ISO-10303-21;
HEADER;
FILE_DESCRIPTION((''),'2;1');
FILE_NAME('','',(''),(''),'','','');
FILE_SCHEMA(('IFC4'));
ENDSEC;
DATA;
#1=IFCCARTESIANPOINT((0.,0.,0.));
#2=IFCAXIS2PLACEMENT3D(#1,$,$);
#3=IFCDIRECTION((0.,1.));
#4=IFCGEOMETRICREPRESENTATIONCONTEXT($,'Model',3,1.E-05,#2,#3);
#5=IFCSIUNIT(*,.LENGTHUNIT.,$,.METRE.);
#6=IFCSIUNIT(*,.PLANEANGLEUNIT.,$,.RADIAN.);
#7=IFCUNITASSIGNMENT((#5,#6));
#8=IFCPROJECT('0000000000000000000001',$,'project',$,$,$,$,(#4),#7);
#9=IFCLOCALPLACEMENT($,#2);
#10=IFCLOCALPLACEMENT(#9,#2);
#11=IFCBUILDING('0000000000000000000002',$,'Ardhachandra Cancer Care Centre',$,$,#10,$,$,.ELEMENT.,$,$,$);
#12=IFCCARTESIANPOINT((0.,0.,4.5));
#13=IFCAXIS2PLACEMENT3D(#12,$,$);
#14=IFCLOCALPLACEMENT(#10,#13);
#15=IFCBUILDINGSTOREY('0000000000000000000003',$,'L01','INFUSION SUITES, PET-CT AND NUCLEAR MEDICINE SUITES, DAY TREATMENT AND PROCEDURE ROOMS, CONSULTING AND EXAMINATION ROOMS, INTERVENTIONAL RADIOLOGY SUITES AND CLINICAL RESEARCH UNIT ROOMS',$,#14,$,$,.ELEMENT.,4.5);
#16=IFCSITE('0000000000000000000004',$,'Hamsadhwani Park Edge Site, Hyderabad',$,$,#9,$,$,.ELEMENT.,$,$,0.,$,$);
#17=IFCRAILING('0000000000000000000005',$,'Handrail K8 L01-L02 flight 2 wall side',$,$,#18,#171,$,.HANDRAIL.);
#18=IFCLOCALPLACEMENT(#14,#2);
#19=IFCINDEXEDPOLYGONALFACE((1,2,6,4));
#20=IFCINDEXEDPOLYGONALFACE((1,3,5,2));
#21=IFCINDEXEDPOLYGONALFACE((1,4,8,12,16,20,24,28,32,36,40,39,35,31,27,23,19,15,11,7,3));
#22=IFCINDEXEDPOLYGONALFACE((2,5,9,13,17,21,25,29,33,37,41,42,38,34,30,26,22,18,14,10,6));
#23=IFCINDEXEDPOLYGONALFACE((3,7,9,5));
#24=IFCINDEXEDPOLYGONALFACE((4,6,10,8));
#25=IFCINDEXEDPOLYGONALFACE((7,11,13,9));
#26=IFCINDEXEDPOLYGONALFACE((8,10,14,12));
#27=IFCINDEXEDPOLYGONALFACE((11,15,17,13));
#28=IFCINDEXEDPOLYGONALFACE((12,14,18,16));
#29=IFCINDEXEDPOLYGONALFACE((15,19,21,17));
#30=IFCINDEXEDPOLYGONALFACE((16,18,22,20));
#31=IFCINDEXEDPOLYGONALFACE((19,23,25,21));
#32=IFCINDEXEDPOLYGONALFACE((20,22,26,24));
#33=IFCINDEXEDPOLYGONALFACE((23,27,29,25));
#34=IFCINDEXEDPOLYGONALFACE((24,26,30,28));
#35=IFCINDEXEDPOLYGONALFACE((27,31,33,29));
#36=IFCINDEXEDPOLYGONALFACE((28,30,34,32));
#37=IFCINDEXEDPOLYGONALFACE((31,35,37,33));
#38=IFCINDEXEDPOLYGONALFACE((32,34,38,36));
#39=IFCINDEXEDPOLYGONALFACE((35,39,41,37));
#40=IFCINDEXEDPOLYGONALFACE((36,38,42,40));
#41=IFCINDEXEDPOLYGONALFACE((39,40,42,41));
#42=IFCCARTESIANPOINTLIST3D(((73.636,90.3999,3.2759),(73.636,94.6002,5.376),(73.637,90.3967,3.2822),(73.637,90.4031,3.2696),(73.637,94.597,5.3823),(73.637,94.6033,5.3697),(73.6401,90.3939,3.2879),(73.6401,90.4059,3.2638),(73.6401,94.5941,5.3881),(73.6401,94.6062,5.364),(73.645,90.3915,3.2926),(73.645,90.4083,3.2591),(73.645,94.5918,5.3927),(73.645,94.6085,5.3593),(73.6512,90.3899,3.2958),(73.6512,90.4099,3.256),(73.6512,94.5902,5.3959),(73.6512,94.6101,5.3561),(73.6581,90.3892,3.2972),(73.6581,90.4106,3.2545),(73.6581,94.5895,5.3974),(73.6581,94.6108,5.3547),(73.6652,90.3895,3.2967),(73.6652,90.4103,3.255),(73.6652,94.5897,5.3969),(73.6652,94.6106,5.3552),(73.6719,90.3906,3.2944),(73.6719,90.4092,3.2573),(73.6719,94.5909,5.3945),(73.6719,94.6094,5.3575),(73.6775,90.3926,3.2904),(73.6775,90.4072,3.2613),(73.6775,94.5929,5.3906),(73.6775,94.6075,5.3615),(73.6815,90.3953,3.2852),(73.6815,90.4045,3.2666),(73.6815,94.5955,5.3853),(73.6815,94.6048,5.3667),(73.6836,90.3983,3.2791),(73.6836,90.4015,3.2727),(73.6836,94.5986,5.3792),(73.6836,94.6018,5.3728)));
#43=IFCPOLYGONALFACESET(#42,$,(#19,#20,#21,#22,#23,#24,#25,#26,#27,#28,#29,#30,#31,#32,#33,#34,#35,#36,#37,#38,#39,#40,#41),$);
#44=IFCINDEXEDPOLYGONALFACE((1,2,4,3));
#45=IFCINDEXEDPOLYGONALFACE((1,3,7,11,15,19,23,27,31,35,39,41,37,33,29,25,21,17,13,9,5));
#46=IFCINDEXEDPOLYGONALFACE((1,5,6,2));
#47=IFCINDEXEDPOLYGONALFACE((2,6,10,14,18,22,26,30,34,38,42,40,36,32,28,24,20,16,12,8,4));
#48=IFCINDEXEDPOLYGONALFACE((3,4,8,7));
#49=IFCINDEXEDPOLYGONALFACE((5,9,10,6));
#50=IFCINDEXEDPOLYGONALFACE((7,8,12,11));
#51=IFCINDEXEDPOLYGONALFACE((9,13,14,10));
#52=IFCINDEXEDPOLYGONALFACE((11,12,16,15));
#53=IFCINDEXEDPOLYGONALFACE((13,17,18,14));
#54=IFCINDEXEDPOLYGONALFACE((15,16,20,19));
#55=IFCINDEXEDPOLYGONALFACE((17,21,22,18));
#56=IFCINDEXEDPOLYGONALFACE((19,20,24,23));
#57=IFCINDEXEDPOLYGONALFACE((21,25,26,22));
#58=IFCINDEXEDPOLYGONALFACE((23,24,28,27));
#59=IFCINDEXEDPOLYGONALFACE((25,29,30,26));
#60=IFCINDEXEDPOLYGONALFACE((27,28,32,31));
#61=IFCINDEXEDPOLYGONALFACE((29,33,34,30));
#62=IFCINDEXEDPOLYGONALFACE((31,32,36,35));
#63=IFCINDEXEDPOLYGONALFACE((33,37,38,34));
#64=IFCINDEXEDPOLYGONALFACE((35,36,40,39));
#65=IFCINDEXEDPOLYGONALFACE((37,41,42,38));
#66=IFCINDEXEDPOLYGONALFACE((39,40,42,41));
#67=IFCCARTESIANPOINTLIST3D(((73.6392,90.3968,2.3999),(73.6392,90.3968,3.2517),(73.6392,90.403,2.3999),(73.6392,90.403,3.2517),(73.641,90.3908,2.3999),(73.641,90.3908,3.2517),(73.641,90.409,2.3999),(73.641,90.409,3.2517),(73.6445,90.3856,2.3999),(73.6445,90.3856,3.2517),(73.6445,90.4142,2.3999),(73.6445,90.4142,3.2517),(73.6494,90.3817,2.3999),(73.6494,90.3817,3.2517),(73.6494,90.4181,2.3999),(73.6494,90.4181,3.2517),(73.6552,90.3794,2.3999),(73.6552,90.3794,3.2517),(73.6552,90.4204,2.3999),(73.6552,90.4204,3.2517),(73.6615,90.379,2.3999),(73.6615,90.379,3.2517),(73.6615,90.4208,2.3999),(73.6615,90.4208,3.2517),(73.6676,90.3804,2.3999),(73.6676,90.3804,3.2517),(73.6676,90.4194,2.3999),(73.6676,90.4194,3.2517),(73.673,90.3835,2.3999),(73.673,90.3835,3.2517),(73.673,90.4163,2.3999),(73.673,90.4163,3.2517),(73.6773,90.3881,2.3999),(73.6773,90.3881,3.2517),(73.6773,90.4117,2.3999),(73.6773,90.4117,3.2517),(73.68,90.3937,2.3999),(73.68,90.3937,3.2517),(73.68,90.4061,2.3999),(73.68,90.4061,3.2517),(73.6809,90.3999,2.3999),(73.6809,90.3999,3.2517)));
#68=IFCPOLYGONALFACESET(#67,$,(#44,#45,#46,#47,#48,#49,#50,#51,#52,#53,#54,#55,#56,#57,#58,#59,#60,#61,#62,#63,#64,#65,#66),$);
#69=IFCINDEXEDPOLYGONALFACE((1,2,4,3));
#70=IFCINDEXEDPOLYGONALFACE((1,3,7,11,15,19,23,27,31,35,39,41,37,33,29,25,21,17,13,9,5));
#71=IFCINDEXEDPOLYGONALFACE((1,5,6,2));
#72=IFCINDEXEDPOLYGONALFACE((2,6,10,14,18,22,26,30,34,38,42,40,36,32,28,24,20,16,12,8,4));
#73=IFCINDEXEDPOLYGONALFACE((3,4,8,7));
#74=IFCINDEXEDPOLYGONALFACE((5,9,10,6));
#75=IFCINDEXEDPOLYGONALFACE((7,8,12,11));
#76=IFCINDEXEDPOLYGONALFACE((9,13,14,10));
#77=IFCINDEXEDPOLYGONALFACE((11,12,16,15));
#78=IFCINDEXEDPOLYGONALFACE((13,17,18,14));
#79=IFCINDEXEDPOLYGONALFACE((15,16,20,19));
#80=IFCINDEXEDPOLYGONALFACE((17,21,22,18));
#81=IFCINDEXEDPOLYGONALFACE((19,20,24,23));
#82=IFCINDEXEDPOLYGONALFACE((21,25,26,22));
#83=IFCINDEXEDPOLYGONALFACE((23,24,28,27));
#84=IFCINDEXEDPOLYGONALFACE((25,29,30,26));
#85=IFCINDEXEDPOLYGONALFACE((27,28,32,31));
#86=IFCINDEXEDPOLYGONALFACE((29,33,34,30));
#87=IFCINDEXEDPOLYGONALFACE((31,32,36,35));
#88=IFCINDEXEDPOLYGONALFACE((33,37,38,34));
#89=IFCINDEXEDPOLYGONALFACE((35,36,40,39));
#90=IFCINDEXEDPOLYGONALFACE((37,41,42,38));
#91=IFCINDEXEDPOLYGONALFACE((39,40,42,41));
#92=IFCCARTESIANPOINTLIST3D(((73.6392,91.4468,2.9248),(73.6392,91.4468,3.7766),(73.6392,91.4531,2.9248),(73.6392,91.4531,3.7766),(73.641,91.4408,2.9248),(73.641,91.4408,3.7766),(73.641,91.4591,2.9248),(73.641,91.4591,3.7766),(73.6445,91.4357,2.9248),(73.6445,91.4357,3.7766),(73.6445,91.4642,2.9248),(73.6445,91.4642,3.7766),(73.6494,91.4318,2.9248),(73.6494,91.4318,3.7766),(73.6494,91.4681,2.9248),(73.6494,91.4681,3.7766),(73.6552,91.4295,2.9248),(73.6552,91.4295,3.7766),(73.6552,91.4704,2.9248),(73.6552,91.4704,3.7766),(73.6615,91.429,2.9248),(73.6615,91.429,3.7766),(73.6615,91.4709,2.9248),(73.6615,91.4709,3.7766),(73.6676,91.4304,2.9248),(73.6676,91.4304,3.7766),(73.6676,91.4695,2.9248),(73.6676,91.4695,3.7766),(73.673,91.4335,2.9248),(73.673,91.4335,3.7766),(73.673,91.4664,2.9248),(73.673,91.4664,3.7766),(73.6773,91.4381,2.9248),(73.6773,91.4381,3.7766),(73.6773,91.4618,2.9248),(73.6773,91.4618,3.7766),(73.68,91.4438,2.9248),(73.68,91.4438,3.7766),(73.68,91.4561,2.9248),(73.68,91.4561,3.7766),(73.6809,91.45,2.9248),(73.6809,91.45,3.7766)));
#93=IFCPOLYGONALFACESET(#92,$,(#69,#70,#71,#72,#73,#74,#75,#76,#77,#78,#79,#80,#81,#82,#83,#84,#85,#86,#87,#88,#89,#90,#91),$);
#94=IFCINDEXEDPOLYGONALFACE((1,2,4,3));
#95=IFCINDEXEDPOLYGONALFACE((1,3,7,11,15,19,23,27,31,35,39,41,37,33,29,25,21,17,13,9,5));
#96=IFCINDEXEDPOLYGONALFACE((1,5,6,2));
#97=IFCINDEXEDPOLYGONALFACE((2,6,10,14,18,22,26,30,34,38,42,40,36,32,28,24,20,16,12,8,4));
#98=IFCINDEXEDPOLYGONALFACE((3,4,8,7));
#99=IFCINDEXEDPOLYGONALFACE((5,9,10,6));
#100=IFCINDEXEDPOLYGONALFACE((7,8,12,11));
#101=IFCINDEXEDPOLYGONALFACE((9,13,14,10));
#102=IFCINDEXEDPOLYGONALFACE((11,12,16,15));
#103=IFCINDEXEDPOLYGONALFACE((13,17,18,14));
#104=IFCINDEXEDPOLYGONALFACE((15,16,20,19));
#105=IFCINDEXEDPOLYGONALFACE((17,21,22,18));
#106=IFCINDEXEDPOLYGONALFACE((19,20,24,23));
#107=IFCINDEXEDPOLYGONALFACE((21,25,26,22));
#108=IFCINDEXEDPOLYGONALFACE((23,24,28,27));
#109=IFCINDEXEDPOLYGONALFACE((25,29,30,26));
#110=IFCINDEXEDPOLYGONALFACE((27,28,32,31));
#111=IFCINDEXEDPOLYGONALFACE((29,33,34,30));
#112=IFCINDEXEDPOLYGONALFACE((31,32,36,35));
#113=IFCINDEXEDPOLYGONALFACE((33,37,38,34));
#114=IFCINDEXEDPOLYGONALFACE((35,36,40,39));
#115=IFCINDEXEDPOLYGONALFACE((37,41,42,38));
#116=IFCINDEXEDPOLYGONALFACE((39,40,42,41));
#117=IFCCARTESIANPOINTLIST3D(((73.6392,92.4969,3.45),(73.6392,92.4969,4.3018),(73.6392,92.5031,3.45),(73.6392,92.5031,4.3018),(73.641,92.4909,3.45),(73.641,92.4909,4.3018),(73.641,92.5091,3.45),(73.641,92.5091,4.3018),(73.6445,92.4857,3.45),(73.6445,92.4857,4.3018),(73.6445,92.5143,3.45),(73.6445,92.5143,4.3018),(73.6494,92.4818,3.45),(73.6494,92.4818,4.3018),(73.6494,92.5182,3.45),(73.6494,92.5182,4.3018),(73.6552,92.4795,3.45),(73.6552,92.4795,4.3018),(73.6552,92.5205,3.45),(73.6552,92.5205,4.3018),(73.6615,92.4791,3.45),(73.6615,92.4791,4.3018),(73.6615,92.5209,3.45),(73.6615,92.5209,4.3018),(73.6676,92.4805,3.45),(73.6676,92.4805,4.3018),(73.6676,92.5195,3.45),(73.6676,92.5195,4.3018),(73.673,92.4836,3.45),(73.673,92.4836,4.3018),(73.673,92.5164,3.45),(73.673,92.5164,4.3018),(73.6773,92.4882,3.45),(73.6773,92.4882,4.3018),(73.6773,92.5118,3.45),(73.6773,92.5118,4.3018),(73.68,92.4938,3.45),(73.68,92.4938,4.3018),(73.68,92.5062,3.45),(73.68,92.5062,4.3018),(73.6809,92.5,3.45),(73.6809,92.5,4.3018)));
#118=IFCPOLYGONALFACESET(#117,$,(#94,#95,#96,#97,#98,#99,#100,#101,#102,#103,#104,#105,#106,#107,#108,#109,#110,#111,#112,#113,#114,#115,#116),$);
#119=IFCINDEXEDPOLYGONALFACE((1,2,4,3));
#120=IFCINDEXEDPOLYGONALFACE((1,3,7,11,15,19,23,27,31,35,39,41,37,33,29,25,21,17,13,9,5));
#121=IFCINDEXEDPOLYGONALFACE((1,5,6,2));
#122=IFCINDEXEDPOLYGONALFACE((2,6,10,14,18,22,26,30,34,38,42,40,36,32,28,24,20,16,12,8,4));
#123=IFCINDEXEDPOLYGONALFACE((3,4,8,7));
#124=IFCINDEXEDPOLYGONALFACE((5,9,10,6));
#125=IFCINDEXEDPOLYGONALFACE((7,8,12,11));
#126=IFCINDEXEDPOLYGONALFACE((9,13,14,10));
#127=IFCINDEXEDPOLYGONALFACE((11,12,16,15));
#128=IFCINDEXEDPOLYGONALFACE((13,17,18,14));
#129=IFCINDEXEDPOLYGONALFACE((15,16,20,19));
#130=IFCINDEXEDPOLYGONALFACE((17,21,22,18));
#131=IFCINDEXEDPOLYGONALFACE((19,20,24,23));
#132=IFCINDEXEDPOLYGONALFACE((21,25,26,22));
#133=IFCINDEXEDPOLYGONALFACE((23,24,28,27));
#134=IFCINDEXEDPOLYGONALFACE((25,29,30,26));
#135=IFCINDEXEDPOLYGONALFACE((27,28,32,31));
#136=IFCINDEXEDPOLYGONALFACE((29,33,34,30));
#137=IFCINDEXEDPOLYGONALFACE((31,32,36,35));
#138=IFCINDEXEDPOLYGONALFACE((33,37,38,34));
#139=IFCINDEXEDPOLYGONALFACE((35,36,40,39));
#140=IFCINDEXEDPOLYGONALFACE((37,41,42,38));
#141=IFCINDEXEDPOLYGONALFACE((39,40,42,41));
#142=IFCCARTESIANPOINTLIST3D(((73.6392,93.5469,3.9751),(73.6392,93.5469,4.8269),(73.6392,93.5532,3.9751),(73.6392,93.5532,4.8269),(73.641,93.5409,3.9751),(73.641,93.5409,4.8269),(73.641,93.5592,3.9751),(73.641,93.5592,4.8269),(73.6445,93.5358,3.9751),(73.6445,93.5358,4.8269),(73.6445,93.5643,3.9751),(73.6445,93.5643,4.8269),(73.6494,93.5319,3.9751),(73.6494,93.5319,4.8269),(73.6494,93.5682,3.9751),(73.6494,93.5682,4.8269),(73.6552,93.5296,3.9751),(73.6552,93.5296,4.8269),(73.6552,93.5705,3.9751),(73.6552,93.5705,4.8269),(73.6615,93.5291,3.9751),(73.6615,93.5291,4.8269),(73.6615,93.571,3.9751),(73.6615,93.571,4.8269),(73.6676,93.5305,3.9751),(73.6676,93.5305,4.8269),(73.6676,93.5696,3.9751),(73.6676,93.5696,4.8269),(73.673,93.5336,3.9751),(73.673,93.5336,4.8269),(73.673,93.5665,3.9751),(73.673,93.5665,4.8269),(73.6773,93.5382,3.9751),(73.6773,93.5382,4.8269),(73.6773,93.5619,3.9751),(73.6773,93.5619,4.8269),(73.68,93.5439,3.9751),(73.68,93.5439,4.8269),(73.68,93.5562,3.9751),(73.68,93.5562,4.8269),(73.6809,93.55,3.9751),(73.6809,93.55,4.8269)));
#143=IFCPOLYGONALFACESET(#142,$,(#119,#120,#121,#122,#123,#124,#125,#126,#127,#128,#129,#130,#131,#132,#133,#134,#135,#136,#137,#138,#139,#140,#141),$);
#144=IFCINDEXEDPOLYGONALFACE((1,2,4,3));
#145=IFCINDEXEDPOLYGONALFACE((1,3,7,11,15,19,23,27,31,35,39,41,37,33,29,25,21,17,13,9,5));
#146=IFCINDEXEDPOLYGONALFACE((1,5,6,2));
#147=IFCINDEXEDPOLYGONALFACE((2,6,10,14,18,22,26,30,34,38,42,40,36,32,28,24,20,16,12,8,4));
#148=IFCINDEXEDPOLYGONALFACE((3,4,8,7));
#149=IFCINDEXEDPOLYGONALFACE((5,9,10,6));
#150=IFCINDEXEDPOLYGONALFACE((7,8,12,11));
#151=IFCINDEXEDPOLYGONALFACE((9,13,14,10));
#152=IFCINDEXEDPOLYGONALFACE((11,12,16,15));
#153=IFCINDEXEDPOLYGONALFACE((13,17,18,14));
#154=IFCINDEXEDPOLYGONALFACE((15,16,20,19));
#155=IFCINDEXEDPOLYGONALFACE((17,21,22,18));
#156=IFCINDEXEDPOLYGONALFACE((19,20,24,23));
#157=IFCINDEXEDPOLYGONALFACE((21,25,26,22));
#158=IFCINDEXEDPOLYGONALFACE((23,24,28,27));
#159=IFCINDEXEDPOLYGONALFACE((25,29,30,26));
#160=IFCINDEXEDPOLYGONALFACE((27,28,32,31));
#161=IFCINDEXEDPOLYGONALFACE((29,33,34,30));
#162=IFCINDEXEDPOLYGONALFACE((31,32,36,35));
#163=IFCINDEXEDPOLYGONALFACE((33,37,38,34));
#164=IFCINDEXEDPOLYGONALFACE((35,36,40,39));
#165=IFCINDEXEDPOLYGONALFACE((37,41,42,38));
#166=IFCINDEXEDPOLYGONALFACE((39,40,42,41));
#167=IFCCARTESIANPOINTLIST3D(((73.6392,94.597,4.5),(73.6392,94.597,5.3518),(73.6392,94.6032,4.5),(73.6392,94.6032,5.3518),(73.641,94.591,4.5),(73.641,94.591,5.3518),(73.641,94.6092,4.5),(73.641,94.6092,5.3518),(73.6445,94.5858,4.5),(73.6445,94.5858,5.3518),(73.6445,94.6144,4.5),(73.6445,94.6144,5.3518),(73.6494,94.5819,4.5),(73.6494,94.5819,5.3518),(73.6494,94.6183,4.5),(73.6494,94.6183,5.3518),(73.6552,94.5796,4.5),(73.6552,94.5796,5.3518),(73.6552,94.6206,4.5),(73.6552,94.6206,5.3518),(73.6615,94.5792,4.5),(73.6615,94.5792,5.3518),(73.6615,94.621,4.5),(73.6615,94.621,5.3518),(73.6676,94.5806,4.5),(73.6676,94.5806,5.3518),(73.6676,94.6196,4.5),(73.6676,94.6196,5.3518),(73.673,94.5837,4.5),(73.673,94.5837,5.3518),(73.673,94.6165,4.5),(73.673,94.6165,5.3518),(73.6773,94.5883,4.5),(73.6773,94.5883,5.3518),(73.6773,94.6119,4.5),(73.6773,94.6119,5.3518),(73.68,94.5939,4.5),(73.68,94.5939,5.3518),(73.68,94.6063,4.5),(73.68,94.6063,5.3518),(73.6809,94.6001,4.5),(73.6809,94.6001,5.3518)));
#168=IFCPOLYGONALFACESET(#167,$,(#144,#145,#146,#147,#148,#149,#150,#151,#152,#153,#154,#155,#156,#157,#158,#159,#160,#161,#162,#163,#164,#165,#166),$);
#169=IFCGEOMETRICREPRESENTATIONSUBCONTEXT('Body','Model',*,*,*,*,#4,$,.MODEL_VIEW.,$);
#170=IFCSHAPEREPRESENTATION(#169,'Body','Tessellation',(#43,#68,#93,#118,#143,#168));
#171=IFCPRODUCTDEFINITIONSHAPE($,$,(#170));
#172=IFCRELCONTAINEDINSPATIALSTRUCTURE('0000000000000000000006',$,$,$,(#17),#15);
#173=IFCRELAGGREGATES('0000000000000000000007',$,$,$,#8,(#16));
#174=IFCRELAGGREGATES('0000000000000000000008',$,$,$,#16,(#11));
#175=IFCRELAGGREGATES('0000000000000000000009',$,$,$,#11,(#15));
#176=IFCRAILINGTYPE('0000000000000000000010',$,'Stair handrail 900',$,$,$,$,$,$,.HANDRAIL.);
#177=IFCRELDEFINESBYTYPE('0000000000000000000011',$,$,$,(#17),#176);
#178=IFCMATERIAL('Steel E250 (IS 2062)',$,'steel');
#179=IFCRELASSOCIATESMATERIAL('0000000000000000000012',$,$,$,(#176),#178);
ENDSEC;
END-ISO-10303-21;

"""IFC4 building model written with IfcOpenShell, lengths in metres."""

from ifc_helpers import new_model, si_unit, direction, frame, origin, origin_2d, place, context, subcontext, project, spatial, circle, extrude, material, type_object, element, save


model = new_model("IFC4")

# Units and contexts
model_context = context("Model", 3, precision=1e-05, world=origin(), true_north=direction((0.0, 1.0)))
body_context = subcontext(model_context, "Body", "Model", "MODEL_VIEW")
ifc_project = project(units=[si_unit("LENGTHUNIT", "METRE"), si_unit("PLANEANGLEUNIT", "RADIAN")], contexts=[model_context])

# Site, building, storey
site_placement = place(None, origin())
site = spatial("IfcSite", under=ifc_project, at=site_placement, Name="Hamsadhwani Park Edge Site, Hyderabad", CompositionType="ELEMENT", RefElevation=0.0)
building_placement = place(site_placement, origin())
building = spatial("IfcBuilding", under=site, at=building_placement, Name="Ardhachandra Cancer Care Centre", CompositionType="ELEMENT")
storey_placement = place(building_placement, frame((0.0, 0.0, 4.5)))
storey = spatial("IfcBuildingStorey", under=building, at=storey_placement, Name="L01", Description="INFUSION SUITES, PET-CT AND NUCLEAR MEDICINE SUITES, DAY TREATMENT AND PROCEDURE ROOMS, CONSULTING AND EXAMINATION ROOMS, INTERVENTIONAL RADIOLOGY SUITES AND CLINICAL RESEARCH UNIT ROOMS", CompositionType="ELEMENT", Elevation=4.5)

# Railing
ifc_material_1 = material(Name="Steel E250 (IS 2062)", Category="steel")
railing_type_1 = type_object("IfcRailingType", Name="Stair handrail 900", PredefinedType="HANDRAIL", material=ifc_material_1)
for number, where, name in (
    (1, (73.6599, 90.3999, 2.3999), "Handrail K8 L01-L02 flight 2 wall side"),
):
    element("IfcRailing", number, at=place(storey_placement, frame(where)), inside=storey, type_object=railing_type_1, Name=name, PredefinedType="HANDRAIL", context=body_context, shape_type="SweptSolid", body=[
        extrude(circle(Radius=0.0239, at=origin_2d()), frame((0.0, 0.0, 0.876), z_axis=(0.0, 0.894427, 0.447214), x_axis=(-1.0, 0.0, 0.0)), (0.0, 0.0, 1.0), 4.696),
        extrude(circle(Radius=0.021, at=origin_2d()), origin(), (0.0, 0.0, 1.0), 0.8518),
        extrude(circle(Radius=0.021, at=origin_2d()), frame((0.0, 1.05, 0.5249)), (0.0, 0.0, 1.0), 0.8518),
        extrude(circle(Radius=0.021, at=origin_2d()), frame((0.0, 2.1001, 1.05)), (0.0, 0.0, 1.0), 0.8518),
        extrude(circle(Radius=0.021, at=origin_2d()), frame((0.0, 3.1501, 1.5752)), (0.0, 0.0, 1.0), 0.8518),
        extrude(circle(Radius=0.021, at=origin_2d()), frame((0.0, 4.2002, 2.1001)), (0.0, 0.0, 1.0), 0.8518),
    ])

save(model, "model.ifc")
